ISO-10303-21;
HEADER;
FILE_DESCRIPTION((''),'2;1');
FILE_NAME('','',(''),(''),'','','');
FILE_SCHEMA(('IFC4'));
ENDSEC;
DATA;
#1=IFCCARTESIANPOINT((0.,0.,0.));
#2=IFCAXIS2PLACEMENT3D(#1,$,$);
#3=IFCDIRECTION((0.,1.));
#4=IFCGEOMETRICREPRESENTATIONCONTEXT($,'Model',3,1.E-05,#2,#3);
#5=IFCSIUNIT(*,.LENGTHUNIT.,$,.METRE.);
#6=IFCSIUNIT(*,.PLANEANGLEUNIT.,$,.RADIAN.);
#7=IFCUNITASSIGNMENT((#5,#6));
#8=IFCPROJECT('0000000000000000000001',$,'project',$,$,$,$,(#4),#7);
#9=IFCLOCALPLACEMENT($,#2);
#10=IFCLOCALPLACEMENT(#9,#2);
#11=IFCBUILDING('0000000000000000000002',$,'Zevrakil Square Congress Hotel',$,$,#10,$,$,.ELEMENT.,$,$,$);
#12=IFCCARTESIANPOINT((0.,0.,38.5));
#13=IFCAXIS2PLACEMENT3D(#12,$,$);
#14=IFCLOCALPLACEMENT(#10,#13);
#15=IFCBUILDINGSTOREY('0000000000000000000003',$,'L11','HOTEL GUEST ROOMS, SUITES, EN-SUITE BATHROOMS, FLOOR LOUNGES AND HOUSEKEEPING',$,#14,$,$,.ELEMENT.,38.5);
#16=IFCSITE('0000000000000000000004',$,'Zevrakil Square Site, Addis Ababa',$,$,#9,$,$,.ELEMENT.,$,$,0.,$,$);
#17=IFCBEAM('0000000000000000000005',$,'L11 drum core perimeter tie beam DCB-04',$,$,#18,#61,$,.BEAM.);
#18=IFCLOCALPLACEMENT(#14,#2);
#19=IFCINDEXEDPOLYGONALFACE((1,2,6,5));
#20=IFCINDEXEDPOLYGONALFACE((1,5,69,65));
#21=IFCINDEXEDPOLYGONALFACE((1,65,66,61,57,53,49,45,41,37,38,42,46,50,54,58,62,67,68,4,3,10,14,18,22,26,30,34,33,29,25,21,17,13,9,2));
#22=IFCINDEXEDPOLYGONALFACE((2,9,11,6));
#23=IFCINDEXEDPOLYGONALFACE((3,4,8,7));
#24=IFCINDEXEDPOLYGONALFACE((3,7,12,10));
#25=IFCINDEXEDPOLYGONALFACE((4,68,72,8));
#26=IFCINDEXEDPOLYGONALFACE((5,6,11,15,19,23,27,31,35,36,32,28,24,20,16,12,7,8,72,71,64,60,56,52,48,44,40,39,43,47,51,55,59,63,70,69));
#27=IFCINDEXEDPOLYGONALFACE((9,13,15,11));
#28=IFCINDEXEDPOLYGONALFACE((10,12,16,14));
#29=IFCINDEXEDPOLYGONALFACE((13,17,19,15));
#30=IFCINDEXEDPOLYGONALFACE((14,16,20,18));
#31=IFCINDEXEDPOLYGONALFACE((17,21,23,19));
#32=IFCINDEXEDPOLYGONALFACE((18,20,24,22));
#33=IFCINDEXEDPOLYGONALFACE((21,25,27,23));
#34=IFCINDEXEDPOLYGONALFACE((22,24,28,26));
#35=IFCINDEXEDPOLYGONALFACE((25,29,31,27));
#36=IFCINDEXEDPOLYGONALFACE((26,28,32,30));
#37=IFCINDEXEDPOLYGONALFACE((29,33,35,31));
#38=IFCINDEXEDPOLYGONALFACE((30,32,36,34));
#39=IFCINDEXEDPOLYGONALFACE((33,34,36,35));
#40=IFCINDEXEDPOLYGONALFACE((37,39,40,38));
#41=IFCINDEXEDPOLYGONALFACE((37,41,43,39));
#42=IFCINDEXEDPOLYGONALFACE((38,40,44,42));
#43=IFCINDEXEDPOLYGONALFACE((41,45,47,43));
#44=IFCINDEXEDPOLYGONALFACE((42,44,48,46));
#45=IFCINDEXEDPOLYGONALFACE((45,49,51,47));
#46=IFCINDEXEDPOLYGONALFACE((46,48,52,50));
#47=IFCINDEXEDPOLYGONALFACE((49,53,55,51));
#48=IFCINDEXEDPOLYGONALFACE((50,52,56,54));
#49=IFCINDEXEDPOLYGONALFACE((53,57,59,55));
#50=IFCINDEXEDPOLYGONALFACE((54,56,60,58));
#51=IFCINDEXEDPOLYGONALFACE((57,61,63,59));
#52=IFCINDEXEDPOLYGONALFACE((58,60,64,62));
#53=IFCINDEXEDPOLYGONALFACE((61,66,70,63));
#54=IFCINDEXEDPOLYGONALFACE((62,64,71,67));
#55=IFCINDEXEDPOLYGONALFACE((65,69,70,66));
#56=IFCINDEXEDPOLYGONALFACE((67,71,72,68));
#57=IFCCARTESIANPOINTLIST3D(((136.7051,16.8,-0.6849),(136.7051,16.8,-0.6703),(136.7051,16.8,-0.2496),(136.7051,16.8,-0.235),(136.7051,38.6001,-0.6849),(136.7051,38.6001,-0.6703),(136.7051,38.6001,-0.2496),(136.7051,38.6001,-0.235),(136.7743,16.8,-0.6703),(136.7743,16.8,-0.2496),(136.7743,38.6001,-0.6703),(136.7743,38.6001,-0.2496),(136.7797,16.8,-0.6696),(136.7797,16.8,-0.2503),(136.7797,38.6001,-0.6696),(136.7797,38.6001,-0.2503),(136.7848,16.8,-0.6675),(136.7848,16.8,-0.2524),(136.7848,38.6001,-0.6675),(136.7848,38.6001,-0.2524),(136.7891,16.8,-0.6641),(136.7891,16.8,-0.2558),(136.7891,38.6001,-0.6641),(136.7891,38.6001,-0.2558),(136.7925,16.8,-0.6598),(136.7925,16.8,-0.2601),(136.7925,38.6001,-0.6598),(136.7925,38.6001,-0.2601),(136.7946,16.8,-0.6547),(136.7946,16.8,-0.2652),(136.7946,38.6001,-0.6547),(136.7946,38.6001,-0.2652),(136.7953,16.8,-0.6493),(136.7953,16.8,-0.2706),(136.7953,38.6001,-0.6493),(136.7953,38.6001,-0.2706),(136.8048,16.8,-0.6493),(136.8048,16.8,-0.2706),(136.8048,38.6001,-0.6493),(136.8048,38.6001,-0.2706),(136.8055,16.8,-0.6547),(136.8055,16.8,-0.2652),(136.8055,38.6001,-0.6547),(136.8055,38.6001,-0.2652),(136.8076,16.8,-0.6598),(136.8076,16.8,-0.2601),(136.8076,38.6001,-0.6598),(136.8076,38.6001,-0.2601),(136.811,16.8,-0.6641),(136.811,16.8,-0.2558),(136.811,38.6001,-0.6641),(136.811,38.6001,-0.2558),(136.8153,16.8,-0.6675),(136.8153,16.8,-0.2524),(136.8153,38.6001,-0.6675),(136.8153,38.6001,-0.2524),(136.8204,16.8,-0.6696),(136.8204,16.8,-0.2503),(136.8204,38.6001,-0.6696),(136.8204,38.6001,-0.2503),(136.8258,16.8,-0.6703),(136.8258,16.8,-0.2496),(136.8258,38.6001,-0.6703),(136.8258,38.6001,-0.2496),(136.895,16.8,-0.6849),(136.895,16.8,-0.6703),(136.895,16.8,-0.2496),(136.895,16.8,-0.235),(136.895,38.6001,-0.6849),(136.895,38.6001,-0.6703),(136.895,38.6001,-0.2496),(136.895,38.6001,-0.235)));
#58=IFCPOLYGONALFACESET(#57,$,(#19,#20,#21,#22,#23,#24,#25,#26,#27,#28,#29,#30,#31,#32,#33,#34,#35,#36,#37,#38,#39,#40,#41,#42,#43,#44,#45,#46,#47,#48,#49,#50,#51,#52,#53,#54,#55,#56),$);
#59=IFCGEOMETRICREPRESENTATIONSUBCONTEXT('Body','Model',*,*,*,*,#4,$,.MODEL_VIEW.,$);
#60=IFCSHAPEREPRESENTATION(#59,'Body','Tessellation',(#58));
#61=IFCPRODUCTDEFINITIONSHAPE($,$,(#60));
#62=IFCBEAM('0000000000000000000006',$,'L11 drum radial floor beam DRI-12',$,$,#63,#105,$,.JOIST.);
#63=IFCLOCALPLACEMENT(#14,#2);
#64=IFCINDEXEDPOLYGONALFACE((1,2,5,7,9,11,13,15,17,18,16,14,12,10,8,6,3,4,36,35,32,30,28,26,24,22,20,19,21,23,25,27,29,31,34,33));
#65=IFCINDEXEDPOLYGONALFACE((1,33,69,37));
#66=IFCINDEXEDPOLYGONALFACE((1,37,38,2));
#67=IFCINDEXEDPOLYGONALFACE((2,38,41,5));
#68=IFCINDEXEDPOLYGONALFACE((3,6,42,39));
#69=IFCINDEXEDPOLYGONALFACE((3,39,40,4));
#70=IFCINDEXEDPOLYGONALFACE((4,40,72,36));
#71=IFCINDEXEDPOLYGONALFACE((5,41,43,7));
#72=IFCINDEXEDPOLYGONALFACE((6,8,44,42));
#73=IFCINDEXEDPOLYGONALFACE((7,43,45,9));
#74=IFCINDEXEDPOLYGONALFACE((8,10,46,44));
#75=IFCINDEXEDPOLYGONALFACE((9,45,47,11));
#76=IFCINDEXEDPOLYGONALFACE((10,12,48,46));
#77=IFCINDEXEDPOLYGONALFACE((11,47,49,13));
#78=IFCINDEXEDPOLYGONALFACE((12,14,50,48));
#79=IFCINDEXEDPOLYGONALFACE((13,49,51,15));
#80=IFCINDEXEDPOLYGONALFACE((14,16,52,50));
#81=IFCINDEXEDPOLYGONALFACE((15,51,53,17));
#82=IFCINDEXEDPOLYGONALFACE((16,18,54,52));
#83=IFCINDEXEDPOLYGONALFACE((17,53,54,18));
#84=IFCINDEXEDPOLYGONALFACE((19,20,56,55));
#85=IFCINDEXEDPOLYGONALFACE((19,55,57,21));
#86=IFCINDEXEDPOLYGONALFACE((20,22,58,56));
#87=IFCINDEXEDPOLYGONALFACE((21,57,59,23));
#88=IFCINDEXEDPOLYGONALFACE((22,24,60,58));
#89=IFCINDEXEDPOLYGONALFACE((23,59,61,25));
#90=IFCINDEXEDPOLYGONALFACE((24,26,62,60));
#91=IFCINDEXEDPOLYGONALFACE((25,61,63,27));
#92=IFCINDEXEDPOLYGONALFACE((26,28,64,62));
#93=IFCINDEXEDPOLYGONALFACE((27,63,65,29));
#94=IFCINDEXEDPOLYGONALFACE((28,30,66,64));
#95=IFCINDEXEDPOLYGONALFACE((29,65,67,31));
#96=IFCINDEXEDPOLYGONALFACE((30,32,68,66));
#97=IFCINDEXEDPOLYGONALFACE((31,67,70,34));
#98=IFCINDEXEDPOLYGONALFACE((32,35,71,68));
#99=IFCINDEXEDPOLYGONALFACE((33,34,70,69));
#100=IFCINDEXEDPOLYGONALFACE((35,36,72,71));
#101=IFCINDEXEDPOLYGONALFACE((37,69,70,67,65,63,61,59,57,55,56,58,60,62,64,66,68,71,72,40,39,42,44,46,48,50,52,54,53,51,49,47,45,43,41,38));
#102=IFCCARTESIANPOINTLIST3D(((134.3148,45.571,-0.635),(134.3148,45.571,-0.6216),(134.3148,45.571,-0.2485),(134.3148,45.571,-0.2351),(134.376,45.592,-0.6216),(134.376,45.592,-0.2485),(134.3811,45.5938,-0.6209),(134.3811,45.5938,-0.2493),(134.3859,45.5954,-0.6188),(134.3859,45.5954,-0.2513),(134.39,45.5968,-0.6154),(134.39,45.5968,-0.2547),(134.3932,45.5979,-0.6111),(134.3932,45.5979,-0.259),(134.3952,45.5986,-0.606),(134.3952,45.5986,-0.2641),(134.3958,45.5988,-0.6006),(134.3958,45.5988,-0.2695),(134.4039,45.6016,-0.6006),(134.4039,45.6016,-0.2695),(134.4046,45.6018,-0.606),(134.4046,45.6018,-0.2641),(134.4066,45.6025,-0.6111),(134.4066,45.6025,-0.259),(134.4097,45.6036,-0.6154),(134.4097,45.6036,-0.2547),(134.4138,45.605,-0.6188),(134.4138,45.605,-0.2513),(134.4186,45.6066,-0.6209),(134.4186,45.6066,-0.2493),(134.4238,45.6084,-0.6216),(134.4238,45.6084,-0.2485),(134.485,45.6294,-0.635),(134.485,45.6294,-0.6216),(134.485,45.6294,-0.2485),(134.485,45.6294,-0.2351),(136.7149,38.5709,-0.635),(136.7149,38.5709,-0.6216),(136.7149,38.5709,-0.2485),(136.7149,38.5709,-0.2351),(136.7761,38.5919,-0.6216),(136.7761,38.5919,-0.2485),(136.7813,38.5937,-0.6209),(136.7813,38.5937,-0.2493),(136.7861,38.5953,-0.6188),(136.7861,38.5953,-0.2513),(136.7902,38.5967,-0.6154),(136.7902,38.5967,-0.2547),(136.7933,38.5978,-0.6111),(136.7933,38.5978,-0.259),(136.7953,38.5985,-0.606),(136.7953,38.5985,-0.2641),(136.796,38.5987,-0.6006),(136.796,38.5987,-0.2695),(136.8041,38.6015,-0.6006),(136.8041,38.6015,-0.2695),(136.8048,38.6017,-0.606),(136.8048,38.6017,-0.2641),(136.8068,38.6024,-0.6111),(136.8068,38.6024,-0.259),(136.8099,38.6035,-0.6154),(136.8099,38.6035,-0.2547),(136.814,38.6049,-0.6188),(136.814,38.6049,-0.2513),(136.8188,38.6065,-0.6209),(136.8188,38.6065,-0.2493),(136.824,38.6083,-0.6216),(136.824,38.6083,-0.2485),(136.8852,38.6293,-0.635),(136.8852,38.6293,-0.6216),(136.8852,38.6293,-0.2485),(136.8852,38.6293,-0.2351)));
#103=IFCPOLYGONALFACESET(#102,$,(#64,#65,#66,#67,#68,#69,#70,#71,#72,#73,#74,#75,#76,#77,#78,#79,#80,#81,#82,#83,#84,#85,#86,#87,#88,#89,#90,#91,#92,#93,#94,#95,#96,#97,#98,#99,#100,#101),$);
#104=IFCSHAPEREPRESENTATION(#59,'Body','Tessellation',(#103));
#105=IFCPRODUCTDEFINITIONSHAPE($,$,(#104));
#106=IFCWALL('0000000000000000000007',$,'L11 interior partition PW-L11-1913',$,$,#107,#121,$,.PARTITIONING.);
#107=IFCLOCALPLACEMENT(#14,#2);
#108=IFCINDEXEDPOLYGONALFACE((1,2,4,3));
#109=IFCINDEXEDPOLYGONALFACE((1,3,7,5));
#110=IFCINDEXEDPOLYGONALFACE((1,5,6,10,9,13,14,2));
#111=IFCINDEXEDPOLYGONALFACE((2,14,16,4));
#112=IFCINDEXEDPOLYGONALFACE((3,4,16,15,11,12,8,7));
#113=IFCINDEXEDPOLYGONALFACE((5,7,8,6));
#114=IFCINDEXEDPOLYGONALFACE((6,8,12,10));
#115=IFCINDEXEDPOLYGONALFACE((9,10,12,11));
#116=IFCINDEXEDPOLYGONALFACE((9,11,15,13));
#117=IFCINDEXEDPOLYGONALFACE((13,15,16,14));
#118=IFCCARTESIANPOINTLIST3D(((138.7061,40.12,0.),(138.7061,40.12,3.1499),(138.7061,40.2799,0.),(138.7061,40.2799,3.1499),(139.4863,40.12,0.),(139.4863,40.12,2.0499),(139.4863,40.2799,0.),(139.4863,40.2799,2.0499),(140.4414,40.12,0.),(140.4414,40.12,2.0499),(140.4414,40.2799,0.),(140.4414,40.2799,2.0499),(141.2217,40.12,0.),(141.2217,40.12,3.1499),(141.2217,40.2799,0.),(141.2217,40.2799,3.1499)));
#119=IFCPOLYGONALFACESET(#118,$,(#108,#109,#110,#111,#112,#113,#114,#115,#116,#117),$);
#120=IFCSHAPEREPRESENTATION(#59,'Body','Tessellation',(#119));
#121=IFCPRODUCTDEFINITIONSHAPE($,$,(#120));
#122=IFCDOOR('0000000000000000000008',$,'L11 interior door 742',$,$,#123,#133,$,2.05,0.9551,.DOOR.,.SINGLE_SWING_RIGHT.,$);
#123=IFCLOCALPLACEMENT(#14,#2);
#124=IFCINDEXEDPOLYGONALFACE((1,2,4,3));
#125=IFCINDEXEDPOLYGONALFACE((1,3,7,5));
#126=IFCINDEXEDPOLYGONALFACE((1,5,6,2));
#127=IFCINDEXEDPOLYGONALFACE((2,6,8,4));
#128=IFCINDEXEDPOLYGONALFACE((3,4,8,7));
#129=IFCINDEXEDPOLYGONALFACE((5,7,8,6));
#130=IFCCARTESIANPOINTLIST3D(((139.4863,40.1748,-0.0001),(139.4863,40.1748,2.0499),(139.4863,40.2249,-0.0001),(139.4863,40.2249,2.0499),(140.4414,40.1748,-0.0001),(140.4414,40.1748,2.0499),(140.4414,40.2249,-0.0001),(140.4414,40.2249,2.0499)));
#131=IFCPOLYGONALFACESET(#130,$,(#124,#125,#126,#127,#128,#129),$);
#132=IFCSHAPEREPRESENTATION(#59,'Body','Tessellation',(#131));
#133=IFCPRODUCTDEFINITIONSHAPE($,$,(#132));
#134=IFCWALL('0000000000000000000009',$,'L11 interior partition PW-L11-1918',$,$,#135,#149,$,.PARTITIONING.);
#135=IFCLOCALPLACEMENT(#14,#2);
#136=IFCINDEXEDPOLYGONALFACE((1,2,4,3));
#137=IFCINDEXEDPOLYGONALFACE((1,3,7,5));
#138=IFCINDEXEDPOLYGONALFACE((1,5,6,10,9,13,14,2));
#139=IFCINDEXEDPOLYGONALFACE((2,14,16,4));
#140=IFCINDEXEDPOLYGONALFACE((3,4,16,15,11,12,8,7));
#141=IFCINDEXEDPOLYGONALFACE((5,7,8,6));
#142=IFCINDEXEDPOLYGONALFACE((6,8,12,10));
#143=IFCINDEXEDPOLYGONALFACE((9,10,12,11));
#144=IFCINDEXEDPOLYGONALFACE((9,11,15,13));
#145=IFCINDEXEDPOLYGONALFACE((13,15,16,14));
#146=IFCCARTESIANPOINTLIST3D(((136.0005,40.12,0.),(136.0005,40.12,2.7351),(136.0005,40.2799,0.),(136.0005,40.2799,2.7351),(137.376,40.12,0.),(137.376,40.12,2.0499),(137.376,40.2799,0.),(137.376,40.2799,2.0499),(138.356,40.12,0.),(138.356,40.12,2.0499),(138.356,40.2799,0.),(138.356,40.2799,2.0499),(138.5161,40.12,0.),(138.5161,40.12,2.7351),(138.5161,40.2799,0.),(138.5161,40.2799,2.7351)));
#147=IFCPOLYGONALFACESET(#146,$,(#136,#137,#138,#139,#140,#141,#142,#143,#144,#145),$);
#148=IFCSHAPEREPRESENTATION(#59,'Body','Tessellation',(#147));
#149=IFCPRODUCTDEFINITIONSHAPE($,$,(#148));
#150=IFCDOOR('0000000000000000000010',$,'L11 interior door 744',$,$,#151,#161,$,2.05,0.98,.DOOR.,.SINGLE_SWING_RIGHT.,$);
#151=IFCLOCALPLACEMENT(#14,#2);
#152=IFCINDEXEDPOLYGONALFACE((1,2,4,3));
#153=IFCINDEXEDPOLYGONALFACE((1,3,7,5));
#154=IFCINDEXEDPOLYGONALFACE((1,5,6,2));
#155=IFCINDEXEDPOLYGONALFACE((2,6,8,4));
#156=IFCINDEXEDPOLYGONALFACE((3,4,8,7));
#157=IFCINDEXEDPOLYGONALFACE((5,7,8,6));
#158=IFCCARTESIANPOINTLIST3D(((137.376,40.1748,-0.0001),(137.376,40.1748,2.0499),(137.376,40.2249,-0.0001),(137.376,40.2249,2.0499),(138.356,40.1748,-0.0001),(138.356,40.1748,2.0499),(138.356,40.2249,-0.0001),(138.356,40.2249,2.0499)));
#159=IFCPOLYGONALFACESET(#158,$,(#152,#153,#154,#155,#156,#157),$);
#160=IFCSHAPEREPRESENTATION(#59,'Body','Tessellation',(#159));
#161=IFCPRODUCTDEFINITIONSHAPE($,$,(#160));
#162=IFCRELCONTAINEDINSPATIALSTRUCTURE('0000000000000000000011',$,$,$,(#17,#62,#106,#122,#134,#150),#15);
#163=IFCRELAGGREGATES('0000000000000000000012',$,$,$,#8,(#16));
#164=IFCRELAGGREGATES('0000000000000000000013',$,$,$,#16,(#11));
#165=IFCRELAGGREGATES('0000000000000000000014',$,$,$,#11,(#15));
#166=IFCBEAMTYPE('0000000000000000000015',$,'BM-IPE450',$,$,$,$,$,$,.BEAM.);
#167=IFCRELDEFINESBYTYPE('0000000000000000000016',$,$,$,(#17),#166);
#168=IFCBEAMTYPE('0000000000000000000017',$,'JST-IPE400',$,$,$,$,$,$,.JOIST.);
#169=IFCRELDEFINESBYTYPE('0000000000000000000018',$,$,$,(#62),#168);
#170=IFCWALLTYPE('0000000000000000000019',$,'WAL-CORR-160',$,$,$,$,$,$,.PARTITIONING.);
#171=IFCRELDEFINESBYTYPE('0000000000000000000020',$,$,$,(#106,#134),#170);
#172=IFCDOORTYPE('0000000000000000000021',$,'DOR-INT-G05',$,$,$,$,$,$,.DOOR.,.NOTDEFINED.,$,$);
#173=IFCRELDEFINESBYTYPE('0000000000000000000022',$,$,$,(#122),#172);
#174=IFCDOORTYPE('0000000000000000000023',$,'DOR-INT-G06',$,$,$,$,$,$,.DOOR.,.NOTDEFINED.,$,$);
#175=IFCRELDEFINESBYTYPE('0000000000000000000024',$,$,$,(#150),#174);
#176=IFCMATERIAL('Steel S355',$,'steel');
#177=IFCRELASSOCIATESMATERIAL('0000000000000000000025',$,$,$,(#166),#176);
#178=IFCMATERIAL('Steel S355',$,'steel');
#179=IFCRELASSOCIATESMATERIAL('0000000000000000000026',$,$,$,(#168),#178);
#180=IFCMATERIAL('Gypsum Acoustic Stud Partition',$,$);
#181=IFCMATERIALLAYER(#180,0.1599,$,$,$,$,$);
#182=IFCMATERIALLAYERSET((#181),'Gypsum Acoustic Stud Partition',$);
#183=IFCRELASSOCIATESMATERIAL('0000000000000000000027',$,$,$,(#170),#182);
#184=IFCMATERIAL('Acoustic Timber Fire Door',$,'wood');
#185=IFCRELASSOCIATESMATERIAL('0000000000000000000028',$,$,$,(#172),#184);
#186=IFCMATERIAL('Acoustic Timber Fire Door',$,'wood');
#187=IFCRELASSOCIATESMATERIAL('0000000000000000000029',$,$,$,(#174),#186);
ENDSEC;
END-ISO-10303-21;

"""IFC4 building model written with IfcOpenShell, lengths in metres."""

from ifc_helpers import new_model, si_unit, direction, frame, frame_2d, origin, origin_2d, place, context, subcontext, project, spatial, rectangle, i_section, extrude, material, layer, layer_set, material_profile, profile_set, type_object, element, fill, save


model = new_model("IFC4")

# Units and contexts
model_context = context("Model", 3, precision=1e-05, world=origin(), true_north=direction((0.0, 1.0)))
body_context = subcontext(model_context, "Body", "Model", "MODEL_VIEW")
ifc_project = project(units=[si_unit("LENGTHUNIT", "METRE"), si_unit("PLANEANGLEUNIT", "RADIAN")], contexts=[model_context])

# Site, building, storey
site_placement = place(None, origin())
site = spatial("IfcSite", under=ifc_project, at=site_placement, Name="Zevrakil Square Site, Addis Ababa", CompositionType="ELEMENT", RefElevation=0.0)
building_placement = place(site_placement, origin())
building = spatial("IfcBuilding", under=site, at=building_placement, Name="Zevrakil Square Congress Hotel", CompositionType="ELEMENT")
storey_placement = place(building_placement, frame((0.0, 0.0, 38.5)))
storey = spatial("IfcBuildingStorey", under=building, at=storey_placement, Name="L11", Description="HOTEL GUEST ROOMS, SUITES, EN-SUITE BATHROOMS, FLOOR LOUNGES AND HOUSEKEEPING", CompositionType="ELEMENT", Elevation=38.5)

# Beams
ifc_material_1 = material(Name="Steel S355", Category="steel")
ifc_material_profile_1 = material_profile(ifc_material_1, i_section(OverallWidth=0.1899, OverallDepth=0.45, WebThickness=0.0095, FlangeThickness=0.0146, FilletRadius=0.021, at=origin_2d()), Name="IPE 450")
ifc_profile_set_1 = profile_set([ifc_material_profile_1], Name="Steel S355")
beam_type_1 = type_object("IfcBeamType", Name="BM-IPE450", PredefinedType="BEAM", material=ifc_profile_set_1)
beam_1_placement = place(storey_placement, frame((136.8, 38.6001, -0.46), z_axis=(0.0, -1.0, 0.0), x_axis=(1.0, 0.0, 0.0)))
element("IfcBeam", 1, at=beam_1_placement, inside=storey, type_object=beam_type_1, Name="L11 drum core perimeter tie beam DCB-04", PredefinedType="BEAM", context=body_context, shape_type="SweptSolid", body=[
    extrude(i_section(OverallWidth=0.1899, OverallDepth=0.45, WebThickness=0.0095, FlangeThickness=0.0146, FilletRadius=0.021, at=origin_2d()), origin(), (0.0, 0.0, 1.0), 21.8),
])
ifc_material_2 = material(Name="Steel S355", Category="steel")
ifc_material_profile_2 = material_profile(ifc_material_2, i_section(OverallWidth=0.1799, OverallDepth=0.3999, WebThickness=0.0085, FlangeThickness=0.0134, FilletRadius=0.021, at=origin_2d()), Name="IPE 400")
ifc_profile_set_2 = profile_set([ifc_material_profile_2], Name="Steel S355")
beam_type_2 = type_object("IfcBeamType", Name="JST-IPE400", PredefinedType="JOIST", material=ifc_profile_set_2)
beam_2_placement = place(storey_placement, frame((136.8, 38.6001, -0.4351), z_axis=(-0.324342, 0.94594, 0.0), x_axis=(-0.94594, -0.324342, 0.0)))
element("IfcBeam", 2, at=beam_2_placement, inside=storey, type_object=beam_type_2, Name="L11 drum radial floor beam DRI-12", PredefinedType="JOIST", context=body_context, shape_type="SweptSolid", body=[
    extrude(i_section(OverallWidth=0.1799, OverallDepth=0.3999, WebThickness=0.0085, FlangeThickness=0.0134, FilletRadius=0.021, at=origin_2d()), origin(), (0.0, 0.0, 1.0), 7.4001),
])

# Walls, openings, doors
ifc_material_3 = material(Name="Gypsum Acoustic Stud Partition")
ifc_layer_1 = layer(ifc_material_3, 0.1599)
ifc_layer_set_1 = layer_set([ifc_layer_1], Name="Gypsum Acoustic Stud Partition")
wall_type_1 = type_object("IfcWallType", Name="WAL-CORR-160", PredefinedType="PARTITIONING", material=ifc_layer_set_1)
wall_1_placement = place(storey_placement, frame((138.7061, 40.2, 0.0), z_axis=(0.0, 0.0, 1.0), x_axis=(1.0, 0.0, 0.0)))
wall_1 = element("IfcWall", 3, at=wall_1_placement, inside=storey, type_object=wall_type_1, Name="L11 interior partition PW-L11-1913", PredefinedType="PARTITIONING", context=body_context, shape_type="SweptSolid", body=[
    extrude(rectangle(XDim=2.5156, YDim=0.1599, at=frame_2d((1.2578, 0.0))), origin(), (0.0, 0.0, 1.0), 3.1499),
])
opening_1_placement = place(wall_1_placement, frame((0.7803, 0.0, 0.0)))
opening_1 = element("IfcOpeningElement", 4, at=opening_1_placement, cuts=wall_1, PredefinedType="OPENING", context=body_context, shape_type="SweptSolid", body=[
    extrude(rectangle(XDim=0.9551, YDim=2.05, at=frame_2d((0.4775, 1.0249))), frame((0.0, 0.0898, 0.0), z_axis=(0.0, -1.0, 0.0), x_axis=(1.0, 0.0, 0.0)), (0.0, 0.0, 1.0), 0.1799),
])
ifc_material_4 = material(Name="Acoustic Timber Fire Door", Category="wood")
door_type_1 = type_object("IfcDoorType", Name="DOR-INT-G05", OperationType="NOTDEFINED", PredefinedType="DOOR", material=ifc_material_4)
door_1_placement = place(opening_1_placement, origin())
door_1 = element("IfcDoor", 5, at=door_1_placement, inside=storey, type_object=door_type_1, Name="L11 interior door 742", OperationType="SINGLE_SWING_RIGHT", OverallHeight=2.05, OverallWidth=0.9551, PredefinedType="DOOR", context=body_context, shape_type="SweptSolid", body=[
    extrude(rectangle(XDim=0.9551, YDim=2.05, at=frame_2d((0.4775, 1.0249))), frame((0.0, 0.0249, 0.0), z_axis=(0.0, -1.0, 0.0), x_axis=(1.0, 0.0, 0.0)), (0.0, 0.0, 1.0), 0.05),
])
fill(opening_1, door_1)
wall_2_placement = place(storey_placement, frame((136.0005, 40.2, 0.0), z_axis=(0.0, 0.0, 1.0), x_axis=(1.0, 0.0, 0.0)))
wall_2 = element("IfcWall", 6, at=wall_2_placement, inside=storey, type_object=wall_type_1, Name="L11 interior partition PW-L11-1918", PredefinedType="PARTITIONING", context=body_context, shape_type="SweptSolid", body=[
    extrude(rectangle(XDim=2.5156, YDim=0.1599, at=frame_2d((1.2578, 0.0))), origin(), (0.0, 0.0, 1.0), 2.7351),
])
opening_2_placement = place(wall_2_placement, frame((1.3755, 0.0, 0.0)))
opening_2 = element("IfcOpeningElement", 7, at=opening_2_placement, cuts=wall_2, PredefinedType="OPENING", context=body_context, shape_type="SweptSolid", body=[
    extrude(rectangle(XDim=0.98, YDim=2.05, at=frame_2d((0.49, 1.0249))), frame((0.0, 0.0898, 0.0), z_axis=(0.0, -1.0, 0.0), x_axis=(1.0, 0.0, 0.0)), (0.0, 0.0, 1.0), 0.1799),
])
ifc_material_5 = material(Name="Acoustic Timber Fire Door", Category="wood")
door_type_2 = type_object("IfcDoorType", Name="DOR-INT-G06", OperationType="NOTDEFINED", PredefinedType="DOOR", material=ifc_material_5)
door_2_placement = place(opening_2_placement, origin())
door_2 = element("IfcDoor", 8, at=door_2_placement, inside=storey, type_object=door_type_2, Name="L11 interior door 744", OperationType="SINGLE_SWING_RIGHT", OverallHeight=2.05, OverallWidth=0.98, PredefinedType="DOOR", context=body_context, shape_type="SweptSolid", body=[
    extrude(rectangle(XDim=0.98, YDim=2.05, at=frame_2d((0.49, 1.0249))), frame((0.0, 0.0249, 0.0), z_axis=(0.0, -1.0, 0.0), x_axis=(1.0, 0.0, 0.0)), (0.0, 0.0, 1.0), 0.05),
])
fill(opening_2, door_2)

save(model, "model.ifc")
